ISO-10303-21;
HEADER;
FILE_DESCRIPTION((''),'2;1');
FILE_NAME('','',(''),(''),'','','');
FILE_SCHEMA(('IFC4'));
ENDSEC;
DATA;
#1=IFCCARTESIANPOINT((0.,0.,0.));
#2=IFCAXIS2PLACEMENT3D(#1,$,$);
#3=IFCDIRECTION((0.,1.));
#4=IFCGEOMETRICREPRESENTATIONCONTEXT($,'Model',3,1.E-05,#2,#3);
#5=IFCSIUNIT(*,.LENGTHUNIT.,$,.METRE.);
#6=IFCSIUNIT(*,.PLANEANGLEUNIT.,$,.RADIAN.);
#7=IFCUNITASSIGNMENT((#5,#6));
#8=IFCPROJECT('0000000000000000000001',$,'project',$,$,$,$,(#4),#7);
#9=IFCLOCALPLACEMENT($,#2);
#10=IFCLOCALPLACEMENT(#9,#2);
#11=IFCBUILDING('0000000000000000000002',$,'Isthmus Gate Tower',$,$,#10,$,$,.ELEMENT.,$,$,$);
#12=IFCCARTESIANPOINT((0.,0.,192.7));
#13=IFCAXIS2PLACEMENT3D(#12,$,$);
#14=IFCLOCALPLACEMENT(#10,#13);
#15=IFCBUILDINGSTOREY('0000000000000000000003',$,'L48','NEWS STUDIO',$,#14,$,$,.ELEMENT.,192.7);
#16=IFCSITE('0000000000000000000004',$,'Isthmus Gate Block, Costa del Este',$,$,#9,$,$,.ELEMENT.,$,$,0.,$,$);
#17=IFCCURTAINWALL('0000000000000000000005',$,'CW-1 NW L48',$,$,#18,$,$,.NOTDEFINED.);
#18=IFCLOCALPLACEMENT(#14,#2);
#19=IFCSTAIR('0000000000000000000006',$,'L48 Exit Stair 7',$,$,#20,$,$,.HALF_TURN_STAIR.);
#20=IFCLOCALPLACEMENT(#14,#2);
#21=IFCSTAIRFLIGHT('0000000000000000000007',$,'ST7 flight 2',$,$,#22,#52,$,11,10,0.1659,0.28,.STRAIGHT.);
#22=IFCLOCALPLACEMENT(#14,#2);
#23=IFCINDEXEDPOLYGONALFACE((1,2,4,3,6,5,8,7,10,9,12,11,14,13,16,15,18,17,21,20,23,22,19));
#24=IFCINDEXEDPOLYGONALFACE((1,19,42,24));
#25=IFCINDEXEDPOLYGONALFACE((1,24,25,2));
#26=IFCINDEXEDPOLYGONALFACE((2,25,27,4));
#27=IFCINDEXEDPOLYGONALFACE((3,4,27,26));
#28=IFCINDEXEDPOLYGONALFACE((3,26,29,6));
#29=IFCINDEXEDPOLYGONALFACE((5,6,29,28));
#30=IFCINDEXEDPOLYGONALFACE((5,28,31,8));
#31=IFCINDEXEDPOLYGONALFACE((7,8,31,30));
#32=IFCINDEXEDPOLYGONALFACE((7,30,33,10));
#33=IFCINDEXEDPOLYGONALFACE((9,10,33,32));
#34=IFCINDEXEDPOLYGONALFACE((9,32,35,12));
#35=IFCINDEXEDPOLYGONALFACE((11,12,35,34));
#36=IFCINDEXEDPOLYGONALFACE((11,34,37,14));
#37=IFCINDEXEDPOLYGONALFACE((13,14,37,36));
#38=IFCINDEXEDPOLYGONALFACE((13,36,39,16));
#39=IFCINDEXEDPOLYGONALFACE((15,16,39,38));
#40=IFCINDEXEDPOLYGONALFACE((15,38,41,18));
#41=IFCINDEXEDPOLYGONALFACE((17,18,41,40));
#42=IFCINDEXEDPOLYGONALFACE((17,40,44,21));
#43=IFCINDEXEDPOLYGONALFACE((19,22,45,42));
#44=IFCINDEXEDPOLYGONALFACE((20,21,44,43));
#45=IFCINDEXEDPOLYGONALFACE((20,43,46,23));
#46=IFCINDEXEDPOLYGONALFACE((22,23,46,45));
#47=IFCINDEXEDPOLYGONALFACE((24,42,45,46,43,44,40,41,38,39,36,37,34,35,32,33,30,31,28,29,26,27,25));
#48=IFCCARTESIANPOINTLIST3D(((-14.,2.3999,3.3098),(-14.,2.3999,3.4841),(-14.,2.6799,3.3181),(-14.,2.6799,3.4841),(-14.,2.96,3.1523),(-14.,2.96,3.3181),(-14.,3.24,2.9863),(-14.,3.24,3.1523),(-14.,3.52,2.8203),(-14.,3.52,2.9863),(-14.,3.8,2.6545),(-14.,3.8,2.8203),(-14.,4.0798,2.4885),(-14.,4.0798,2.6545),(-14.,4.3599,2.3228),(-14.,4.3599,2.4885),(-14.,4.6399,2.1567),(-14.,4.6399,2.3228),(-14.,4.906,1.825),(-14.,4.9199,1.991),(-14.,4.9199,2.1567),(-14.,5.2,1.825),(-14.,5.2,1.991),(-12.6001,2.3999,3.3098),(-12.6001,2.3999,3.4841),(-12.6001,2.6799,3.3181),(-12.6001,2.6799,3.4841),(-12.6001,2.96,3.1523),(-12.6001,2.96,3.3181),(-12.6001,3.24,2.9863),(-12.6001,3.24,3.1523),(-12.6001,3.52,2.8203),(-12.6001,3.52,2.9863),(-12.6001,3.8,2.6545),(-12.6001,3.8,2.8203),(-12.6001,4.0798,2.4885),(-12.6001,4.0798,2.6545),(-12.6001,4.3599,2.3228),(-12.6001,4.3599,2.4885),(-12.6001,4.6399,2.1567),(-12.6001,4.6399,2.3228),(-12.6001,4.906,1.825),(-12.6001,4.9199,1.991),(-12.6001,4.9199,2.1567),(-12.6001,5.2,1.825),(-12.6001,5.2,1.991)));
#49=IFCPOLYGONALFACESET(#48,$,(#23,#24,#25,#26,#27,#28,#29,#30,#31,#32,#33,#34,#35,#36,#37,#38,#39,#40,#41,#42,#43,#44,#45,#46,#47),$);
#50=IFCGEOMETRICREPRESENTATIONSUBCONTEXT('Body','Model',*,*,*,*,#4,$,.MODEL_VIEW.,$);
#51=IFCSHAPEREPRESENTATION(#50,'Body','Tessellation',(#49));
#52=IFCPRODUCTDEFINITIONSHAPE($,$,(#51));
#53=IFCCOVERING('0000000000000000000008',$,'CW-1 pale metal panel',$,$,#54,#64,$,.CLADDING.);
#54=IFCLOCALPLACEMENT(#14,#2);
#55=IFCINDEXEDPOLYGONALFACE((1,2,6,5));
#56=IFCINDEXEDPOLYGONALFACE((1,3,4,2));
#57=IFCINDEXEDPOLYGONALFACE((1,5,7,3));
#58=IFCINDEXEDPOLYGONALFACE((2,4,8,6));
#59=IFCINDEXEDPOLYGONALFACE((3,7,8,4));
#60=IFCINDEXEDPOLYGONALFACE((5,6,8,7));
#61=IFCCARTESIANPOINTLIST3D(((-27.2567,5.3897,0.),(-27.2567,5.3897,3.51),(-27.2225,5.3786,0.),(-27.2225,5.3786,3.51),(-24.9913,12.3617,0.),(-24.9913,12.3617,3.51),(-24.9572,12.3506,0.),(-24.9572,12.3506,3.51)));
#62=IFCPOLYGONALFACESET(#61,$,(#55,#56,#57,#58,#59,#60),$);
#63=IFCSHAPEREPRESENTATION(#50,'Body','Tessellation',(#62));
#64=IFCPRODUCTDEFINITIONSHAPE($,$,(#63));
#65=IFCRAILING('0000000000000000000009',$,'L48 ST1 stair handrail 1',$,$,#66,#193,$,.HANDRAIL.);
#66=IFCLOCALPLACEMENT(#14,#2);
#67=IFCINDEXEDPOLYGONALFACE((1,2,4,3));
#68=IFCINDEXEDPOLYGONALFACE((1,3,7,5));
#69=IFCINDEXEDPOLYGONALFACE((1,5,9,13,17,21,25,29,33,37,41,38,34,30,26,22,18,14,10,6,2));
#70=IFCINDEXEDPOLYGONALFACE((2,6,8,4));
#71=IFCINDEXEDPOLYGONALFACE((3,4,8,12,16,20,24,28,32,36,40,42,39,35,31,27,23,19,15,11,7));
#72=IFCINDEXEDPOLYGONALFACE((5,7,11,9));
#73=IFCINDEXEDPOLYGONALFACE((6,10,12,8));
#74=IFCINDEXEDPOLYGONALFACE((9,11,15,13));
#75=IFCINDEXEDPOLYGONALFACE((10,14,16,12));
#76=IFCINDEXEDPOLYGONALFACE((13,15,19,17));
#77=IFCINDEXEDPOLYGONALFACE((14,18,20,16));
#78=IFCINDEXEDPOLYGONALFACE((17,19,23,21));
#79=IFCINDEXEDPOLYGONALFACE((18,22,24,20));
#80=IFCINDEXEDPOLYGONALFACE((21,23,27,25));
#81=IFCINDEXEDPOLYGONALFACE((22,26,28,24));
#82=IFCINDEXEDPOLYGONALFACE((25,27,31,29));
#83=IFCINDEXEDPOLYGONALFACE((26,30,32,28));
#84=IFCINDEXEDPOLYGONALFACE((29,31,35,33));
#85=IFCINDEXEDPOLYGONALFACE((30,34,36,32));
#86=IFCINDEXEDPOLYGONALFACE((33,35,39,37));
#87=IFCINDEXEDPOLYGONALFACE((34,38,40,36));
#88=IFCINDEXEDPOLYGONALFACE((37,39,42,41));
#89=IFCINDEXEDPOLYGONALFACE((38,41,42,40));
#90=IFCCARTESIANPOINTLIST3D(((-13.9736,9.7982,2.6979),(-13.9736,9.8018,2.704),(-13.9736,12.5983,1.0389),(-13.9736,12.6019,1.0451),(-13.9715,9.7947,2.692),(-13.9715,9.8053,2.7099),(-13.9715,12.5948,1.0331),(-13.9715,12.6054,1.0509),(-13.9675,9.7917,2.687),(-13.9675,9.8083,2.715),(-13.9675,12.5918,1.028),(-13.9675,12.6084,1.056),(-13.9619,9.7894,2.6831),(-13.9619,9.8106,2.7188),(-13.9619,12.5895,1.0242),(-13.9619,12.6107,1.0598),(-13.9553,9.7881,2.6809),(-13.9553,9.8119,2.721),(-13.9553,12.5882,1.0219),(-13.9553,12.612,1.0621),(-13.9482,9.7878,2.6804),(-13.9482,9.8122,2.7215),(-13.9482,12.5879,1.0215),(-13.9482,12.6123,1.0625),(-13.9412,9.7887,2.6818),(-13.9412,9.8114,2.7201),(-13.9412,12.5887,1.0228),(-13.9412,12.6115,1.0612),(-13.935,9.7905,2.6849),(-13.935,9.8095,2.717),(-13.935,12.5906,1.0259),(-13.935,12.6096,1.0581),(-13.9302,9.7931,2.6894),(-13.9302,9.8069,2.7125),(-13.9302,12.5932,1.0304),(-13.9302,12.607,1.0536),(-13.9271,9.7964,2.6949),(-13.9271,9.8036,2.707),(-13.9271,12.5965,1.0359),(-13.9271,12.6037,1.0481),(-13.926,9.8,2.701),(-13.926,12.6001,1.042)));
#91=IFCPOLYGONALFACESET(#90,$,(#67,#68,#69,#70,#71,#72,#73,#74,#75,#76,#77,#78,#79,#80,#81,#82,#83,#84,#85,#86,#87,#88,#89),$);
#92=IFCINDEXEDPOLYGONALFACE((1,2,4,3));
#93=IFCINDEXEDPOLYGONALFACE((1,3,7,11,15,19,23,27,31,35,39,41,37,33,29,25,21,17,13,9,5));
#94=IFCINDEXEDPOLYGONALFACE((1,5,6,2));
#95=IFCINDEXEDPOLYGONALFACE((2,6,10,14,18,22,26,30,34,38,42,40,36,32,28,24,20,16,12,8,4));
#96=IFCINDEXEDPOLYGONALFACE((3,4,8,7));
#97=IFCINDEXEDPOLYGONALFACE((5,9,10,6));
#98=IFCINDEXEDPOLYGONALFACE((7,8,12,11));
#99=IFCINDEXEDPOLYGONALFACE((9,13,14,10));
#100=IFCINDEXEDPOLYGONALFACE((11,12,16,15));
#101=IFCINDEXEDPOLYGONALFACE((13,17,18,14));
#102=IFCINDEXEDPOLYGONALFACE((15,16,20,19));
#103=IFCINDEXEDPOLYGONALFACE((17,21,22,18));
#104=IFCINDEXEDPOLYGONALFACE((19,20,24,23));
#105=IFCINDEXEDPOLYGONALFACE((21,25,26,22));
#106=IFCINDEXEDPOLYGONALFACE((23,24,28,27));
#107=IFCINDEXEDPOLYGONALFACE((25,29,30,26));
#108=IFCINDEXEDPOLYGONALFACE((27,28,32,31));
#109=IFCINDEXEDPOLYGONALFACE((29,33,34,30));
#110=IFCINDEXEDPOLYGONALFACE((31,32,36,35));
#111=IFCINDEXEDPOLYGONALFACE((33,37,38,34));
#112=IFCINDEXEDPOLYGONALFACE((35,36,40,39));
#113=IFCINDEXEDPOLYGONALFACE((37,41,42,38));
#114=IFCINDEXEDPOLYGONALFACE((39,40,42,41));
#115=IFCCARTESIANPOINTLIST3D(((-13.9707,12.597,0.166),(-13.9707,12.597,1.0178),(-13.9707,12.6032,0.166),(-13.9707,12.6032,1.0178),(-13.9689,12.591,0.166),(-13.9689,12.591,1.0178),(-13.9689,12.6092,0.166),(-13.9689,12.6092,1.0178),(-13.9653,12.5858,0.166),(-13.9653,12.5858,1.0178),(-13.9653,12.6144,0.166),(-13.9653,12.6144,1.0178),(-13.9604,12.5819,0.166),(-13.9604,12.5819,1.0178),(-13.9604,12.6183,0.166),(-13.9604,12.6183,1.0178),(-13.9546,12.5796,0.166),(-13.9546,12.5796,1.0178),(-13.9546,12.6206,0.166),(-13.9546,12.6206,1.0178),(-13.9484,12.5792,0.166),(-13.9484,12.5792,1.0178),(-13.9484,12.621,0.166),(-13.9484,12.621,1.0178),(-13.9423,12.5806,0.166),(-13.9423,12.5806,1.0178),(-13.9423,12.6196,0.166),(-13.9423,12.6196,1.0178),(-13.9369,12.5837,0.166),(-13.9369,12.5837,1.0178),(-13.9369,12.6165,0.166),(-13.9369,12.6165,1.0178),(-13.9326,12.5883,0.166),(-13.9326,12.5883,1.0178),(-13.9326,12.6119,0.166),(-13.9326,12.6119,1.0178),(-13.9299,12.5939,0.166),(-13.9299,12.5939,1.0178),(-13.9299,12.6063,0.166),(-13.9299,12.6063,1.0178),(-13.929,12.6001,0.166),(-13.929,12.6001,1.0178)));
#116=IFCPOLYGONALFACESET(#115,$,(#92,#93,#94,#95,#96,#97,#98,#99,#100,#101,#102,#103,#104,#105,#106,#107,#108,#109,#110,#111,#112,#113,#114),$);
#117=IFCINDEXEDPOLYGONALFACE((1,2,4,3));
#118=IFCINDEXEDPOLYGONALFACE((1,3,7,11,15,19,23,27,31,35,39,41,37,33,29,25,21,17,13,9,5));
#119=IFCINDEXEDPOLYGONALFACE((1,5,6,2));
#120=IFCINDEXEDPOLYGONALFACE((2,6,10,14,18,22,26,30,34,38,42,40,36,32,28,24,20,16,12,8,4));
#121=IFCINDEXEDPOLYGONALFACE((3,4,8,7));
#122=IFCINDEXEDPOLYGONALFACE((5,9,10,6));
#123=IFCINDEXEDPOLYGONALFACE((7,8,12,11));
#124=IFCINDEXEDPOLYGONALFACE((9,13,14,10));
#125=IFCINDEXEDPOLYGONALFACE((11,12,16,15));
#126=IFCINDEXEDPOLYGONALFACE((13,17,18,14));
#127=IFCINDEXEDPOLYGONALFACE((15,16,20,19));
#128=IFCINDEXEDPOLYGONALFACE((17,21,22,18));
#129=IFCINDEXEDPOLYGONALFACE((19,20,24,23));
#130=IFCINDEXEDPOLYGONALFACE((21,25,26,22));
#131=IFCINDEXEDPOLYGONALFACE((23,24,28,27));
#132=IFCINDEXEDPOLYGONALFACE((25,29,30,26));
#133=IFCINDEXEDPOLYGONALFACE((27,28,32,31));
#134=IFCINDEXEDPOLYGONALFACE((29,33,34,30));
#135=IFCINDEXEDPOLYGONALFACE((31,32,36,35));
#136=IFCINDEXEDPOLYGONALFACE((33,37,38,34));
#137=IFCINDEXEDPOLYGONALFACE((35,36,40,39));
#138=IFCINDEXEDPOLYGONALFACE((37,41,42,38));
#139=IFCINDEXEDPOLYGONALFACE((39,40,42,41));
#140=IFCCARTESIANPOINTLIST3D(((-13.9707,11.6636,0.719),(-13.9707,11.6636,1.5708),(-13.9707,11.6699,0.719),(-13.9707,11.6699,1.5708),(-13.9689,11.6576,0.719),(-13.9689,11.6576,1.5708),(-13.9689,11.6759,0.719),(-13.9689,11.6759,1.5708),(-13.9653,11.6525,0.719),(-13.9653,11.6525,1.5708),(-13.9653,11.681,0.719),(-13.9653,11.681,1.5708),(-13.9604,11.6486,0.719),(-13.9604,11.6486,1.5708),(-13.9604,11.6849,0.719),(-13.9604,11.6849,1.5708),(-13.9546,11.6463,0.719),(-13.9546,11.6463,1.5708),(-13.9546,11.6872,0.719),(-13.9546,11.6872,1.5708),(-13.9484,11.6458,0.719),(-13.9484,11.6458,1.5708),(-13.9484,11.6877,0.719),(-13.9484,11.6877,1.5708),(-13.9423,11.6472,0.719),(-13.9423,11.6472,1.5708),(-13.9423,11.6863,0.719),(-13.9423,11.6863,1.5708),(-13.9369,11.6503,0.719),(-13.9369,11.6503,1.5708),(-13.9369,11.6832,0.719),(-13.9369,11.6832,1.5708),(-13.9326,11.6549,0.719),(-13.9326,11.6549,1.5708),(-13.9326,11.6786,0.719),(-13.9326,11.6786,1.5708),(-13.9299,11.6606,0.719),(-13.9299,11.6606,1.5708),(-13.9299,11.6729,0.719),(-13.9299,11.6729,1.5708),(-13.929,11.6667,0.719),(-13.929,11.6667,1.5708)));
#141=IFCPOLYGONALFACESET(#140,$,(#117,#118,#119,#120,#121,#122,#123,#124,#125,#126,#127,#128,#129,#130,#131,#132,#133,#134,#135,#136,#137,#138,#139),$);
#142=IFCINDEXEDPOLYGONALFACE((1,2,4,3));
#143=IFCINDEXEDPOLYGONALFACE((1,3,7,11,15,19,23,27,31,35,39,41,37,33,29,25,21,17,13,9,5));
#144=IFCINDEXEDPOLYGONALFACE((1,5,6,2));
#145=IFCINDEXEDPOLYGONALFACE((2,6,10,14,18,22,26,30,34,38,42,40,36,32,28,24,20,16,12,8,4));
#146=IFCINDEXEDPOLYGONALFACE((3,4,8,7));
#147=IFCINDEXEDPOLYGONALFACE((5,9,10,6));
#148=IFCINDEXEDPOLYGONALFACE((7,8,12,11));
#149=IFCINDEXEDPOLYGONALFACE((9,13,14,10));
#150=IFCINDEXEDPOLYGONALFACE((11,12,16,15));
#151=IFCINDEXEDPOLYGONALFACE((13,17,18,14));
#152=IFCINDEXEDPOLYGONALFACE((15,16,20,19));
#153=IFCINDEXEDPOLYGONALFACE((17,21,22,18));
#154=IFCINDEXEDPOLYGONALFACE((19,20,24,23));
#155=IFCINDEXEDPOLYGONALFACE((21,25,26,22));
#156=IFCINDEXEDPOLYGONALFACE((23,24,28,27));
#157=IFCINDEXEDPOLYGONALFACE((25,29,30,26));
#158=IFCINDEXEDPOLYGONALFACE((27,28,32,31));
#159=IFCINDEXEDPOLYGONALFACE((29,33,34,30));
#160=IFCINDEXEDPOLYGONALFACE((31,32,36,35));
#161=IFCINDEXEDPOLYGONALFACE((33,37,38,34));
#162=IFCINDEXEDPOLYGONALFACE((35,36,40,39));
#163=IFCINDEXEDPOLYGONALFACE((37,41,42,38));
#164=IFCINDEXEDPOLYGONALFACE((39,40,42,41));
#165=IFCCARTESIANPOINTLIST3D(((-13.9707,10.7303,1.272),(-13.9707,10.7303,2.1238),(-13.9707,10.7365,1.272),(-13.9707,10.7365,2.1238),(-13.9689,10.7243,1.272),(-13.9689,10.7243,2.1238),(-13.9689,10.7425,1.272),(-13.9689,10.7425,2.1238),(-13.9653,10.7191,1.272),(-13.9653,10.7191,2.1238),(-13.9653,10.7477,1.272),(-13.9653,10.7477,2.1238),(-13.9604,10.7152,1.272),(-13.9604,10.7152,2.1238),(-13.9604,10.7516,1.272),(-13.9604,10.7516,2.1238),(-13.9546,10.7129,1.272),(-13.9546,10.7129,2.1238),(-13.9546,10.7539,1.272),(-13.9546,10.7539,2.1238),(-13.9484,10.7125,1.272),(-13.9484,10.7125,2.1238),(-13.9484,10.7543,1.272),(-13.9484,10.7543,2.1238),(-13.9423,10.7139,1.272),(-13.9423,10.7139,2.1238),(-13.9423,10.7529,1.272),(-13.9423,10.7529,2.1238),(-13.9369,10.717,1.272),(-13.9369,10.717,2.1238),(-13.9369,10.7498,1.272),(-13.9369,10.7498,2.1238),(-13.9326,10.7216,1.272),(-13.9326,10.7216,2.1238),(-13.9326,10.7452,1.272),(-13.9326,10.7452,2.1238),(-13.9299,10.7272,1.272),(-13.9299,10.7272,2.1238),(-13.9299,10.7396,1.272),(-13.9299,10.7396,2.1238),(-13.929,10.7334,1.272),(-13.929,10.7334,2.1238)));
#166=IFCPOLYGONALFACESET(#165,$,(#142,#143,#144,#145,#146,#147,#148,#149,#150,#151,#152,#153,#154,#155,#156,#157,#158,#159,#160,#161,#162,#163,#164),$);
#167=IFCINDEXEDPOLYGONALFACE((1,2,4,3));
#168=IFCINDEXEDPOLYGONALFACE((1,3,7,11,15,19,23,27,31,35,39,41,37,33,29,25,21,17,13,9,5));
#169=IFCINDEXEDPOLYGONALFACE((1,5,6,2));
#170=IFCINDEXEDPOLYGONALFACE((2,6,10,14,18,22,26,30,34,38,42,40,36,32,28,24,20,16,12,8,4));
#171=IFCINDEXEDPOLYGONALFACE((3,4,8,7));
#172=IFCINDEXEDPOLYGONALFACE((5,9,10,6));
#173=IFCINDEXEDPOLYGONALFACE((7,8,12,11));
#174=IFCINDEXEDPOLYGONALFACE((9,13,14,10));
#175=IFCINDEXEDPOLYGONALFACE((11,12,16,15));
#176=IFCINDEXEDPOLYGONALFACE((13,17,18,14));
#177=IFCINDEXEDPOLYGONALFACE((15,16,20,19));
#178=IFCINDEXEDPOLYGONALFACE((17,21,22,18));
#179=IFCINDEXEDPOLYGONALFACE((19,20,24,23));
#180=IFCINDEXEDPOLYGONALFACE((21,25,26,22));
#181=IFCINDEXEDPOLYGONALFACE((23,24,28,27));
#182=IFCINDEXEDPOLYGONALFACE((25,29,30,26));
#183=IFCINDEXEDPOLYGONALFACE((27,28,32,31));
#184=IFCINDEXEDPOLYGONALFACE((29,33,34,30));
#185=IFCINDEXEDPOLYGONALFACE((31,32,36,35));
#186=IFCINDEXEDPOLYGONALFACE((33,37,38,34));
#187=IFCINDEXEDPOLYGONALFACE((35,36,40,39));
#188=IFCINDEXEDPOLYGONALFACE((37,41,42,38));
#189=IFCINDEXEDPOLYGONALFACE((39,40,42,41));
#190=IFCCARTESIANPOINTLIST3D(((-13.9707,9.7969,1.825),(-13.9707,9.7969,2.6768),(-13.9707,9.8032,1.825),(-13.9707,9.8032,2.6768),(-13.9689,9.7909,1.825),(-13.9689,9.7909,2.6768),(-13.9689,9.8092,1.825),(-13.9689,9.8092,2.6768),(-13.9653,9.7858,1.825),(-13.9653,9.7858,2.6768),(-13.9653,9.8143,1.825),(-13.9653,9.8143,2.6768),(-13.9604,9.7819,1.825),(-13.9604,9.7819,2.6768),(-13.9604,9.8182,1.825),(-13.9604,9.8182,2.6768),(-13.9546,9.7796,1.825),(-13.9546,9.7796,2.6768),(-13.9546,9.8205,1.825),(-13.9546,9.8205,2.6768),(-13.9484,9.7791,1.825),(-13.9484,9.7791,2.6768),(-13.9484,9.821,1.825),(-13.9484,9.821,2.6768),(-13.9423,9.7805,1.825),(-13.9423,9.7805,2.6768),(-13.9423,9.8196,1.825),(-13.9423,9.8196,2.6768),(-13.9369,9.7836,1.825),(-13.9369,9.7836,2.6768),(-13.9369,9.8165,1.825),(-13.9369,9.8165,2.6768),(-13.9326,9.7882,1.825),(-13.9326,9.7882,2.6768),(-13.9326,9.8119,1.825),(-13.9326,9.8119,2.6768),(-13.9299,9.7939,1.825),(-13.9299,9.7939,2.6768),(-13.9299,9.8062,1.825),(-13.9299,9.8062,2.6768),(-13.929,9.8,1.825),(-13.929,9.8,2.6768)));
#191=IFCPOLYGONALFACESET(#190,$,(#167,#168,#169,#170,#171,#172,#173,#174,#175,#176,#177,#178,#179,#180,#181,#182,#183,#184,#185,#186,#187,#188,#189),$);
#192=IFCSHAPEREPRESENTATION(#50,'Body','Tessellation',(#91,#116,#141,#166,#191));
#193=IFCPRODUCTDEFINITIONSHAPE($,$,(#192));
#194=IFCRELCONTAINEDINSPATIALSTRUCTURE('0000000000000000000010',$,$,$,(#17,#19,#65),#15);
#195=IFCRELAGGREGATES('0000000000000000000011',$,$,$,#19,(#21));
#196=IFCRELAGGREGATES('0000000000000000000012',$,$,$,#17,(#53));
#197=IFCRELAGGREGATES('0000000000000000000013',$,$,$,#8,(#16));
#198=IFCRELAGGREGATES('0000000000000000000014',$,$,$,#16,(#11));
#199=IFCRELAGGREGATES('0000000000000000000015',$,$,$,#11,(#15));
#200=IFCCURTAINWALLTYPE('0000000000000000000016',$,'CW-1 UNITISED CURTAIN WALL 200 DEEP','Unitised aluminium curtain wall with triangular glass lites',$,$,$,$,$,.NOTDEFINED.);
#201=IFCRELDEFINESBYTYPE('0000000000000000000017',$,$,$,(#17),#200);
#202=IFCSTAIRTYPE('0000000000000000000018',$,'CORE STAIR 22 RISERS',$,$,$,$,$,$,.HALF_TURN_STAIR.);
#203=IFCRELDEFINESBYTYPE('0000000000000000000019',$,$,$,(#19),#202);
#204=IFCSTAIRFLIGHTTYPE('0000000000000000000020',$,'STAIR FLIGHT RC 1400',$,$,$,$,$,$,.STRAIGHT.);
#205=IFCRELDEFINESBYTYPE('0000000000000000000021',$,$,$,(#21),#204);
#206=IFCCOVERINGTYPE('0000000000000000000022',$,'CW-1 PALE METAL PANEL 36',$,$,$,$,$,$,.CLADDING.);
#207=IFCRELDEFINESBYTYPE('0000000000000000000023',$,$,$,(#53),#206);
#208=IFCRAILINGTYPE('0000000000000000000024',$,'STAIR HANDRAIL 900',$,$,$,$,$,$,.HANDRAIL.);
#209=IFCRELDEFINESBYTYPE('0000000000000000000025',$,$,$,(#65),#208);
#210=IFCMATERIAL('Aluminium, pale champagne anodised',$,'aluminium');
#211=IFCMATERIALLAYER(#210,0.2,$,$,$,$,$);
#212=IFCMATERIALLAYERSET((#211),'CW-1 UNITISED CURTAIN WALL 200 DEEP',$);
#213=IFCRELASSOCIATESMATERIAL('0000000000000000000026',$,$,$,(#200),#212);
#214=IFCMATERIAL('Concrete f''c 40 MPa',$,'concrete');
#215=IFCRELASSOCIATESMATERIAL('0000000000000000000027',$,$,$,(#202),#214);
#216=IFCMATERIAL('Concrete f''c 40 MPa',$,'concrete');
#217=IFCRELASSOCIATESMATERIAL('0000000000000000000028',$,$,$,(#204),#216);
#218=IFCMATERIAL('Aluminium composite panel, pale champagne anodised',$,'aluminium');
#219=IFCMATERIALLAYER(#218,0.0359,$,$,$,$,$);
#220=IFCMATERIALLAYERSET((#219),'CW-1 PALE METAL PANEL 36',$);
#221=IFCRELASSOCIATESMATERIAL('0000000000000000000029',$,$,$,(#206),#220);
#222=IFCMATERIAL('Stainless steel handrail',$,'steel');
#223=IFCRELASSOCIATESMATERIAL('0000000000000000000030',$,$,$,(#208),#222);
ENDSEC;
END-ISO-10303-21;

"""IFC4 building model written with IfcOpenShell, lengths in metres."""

from ifc_helpers import new_model, si_unit, direction, frame, origin, origin_2d, place, context, subcontext, project, spatial, polyline, rectangle, circle, outline, extrude, material, layer, layer_set, type_object, element, aggregate, save


model = new_model("IFC4")

# Units and contexts
model_context = context("Model", 3, precision=1e-05, world=origin(), true_north=direction((0.0, 1.0)))
body_context = subcontext(model_context, "Body", "Model", "MODEL_VIEW")
ifc_project = project(units=[si_unit("LENGTHUNIT", "METRE"), si_unit("PLANEANGLEUNIT", "RADIAN")], contexts=[model_context])

# Site, building, storey
site_placement = place(None, origin())
site = spatial("IfcSite", under=ifc_project, at=site_placement, Name="Isthmus Gate Block, Costa del Este", CompositionType="ELEMENT", RefElevation=0.0)
building_placement = place(site_placement, origin())
building = spatial("IfcBuilding", under=site, at=building_placement, Name="Isthmus Gate Tower", CompositionType="ELEMENT")
storey_placement = place(building_placement, frame((0.0, 0.0, 192.7)))
storey = spatial("IfcBuildingStorey", under=building, at=storey_placement, Name="L48", Description="NEWS STUDIO", CompositionType="ELEMENT", Elevation=192.7)

# Curtain wall
ifc_material_1 = material(Name="Aluminium, pale champagne anodised", Category="aluminium")
ifc_layer_1 = layer(ifc_material_1, 0.2)
ifc_layer_set_1 = layer_set([ifc_layer_1], Name="CW-1 UNITISED CURTAIN WALL 200 DEEP")
curtain_wall_type = type_object("IfcCurtainWallType", Name="CW-1 UNITISED CURTAIN WALL 200 DEEP", Description="Unitised aluminium curtain wall with triangular glass lites", PredefinedType="NOTDEFINED", material=ifc_layer_set_1)
curtain_wall_placement = place(storey_placement, origin())
curtain_wall = element("IfcCurtainWall", 1, at=curtain_wall_placement, inside=storey, type_object=curtain_wall_type, Name="CW-1 NW L48", PredefinedType="NOTDEFINED")

# Stair, stair flight
ifc_material_2 = material(Name="Concrete f'c 40 MPa", Category="concrete")
stair_type = type_object("IfcStairType", Name="CORE STAIR 22 RISERS", PredefinedType="HALF_TURN_STAIR", material=ifc_material_2)
ifc_material_3 = material(Name="Concrete f'c 40 MPa", Category="concrete")
stair_flight_type = type_object("IfcStairFlightType", Name="STAIR FLIGHT RC 1400", PredefinedType="STRAIGHT", material=ifc_material_3)
stair_1_placement = place(storey_placement, origin())
stair_1 = element("IfcStair", 2, at=stair_1_placement, inside=storey, type_object=stair_type, Name="L48 Exit Stair 7", PredefinedType="HALF_TURN_STAIR")
stair_flight_1_placement = place(storey_placement, frame((-13.3, 5.2, 1.825), z_axis=(0.0, 0.0, 1.0), x_axis=(0.0, -1.0, 0.0)))
stair_flight_1 = element("IfcStairFlight", 3, at=stair_flight_1_placement, type_object=stair_flight_type, Name="ST7 flight 2", NumberOfRisers=11, NumberOfTreads=10, PredefinedType="STRAIGHT", RiserHeight=0.1659, TreadLength=0.28, context=body_context, shape_type="SweptSolid", body=[
    extrude(outline(polyline([(0.0, 0.0), (0.0, 0.166), (0.28, 0.166), (0.28, 0.3318), (0.5601, 0.3318), (0.5601, 0.4978), (0.8401, 0.4978), (0.8401, 0.6636), (1.1201, 0.6636), (1.1201, 0.8296), (1.3999, 0.8296), (1.3999, 0.9954), (1.6799, 0.9954), (1.6799, 1.1614), (1.96, 1.1614), (1.96, 1.3274), (2.24, 1.3274), (2.24, 1.4932), (2.52, 1.4932), (2.52, 1.6592), (2.8, 1.6592), (2.8, 1.825), (2.8, 1.4849), (0.2939, 0.0), (0.0, 0.0)])), frame((0.0, 0.7, 0.0), z_axis=(0.0, -1.0, 0.0), x_axis=(1.0, 0.0, 0.0)), (0.0, 0.0, 1.0), 1.3999),
])
aggregate(stair_1, [stair_flight_1])

# Covering
ifc_material_4 = material(Name="Aluminium composite panel, pale champagne anodised", Category="aluminium")
ifc_layer_2 = layer(ifc_material_4, 0.0359)
ifc_layer_set_2 = layer_set([ifc_layer_2], Name="CW-1 PALE METAL PANEL 36")
covering_type = type_object("IfcCoveringType", Name="CW-1 PALE METAL PANEL 36", PredefinedType="CLADDING", material=ifc_layer_set_2)
covering_placement = place(storey_placement, frame((-26.1069, 8.8701, 0.0), z_axis=(0.0, 0.0, 1.0), x_axis=(-0.309017, -0.951057, 0.0)))
covering = element("IfcCovering", 4, at=covering_placement, type_object=covering_type, Name="CW-1 pale metal panel", PredefinedType="CLADDING", context=body_context, shape_type="SweptSolid", body=[
    extrude(rectangle(XDim=7.3308, YDim=0.0359, at=origin_2d()), origin(), (0.0, 0.0, 1.0), 3.51),
])
aggregate(curtain_wall, [covering])

# Railing
ifc_material_5 = material(Name="Stainless steel handrail", Category="steel")
railing_type = type_object("IfcRailingType", Name="STAIR HANDRAIL 900", PredefinedType="HANDRAIL", material=ifc_material_5)
railing_1_placement = place(storey_placement, frame((-13.95, 12.6001, 0.166)))
element("IfcRailing", 5, at=railing_1_placement, inside=storey, type_object=railing_type, Name="L48 ST1 stair handrail 1", PredefinedType="HANDRAIL", context=body_context, shape_type="SweptSolid", body=[
    extrude(circle(Radius=0.0239, at=origin_2d()), frame((0.0, 0.0, 0.876), z_axis=(0.0, -0.860339, 0.509722), x_axis=(1.0, 0.0, 0.0)), (0.0, 0.0, 1.0), 3.2546),
    extrude(circle(Radius=0.021, at=origin_2d()), origin(), (0.0, 0.0, 1.0), 0.8518),
    extrude(circle(Radius=0.021, at=origin_2d()), frame((0.0, -0.9333, 0.553)), (0.0, 0.0, 1.0), 0.8518),
    extrude(circle(Radius=0.021, at=origin_2d()), frame((0.0, -1.8667, 1.106)), (0.0, 0.0, 1.0), 0.8518),
    extrude(circle(Radius=0.021, at=origin_2d()), frame((0.0, -2.8, 1.6589)), (0.0, 0.0, 1.0), 0.8518),
])

save(model, "model.ifc")
